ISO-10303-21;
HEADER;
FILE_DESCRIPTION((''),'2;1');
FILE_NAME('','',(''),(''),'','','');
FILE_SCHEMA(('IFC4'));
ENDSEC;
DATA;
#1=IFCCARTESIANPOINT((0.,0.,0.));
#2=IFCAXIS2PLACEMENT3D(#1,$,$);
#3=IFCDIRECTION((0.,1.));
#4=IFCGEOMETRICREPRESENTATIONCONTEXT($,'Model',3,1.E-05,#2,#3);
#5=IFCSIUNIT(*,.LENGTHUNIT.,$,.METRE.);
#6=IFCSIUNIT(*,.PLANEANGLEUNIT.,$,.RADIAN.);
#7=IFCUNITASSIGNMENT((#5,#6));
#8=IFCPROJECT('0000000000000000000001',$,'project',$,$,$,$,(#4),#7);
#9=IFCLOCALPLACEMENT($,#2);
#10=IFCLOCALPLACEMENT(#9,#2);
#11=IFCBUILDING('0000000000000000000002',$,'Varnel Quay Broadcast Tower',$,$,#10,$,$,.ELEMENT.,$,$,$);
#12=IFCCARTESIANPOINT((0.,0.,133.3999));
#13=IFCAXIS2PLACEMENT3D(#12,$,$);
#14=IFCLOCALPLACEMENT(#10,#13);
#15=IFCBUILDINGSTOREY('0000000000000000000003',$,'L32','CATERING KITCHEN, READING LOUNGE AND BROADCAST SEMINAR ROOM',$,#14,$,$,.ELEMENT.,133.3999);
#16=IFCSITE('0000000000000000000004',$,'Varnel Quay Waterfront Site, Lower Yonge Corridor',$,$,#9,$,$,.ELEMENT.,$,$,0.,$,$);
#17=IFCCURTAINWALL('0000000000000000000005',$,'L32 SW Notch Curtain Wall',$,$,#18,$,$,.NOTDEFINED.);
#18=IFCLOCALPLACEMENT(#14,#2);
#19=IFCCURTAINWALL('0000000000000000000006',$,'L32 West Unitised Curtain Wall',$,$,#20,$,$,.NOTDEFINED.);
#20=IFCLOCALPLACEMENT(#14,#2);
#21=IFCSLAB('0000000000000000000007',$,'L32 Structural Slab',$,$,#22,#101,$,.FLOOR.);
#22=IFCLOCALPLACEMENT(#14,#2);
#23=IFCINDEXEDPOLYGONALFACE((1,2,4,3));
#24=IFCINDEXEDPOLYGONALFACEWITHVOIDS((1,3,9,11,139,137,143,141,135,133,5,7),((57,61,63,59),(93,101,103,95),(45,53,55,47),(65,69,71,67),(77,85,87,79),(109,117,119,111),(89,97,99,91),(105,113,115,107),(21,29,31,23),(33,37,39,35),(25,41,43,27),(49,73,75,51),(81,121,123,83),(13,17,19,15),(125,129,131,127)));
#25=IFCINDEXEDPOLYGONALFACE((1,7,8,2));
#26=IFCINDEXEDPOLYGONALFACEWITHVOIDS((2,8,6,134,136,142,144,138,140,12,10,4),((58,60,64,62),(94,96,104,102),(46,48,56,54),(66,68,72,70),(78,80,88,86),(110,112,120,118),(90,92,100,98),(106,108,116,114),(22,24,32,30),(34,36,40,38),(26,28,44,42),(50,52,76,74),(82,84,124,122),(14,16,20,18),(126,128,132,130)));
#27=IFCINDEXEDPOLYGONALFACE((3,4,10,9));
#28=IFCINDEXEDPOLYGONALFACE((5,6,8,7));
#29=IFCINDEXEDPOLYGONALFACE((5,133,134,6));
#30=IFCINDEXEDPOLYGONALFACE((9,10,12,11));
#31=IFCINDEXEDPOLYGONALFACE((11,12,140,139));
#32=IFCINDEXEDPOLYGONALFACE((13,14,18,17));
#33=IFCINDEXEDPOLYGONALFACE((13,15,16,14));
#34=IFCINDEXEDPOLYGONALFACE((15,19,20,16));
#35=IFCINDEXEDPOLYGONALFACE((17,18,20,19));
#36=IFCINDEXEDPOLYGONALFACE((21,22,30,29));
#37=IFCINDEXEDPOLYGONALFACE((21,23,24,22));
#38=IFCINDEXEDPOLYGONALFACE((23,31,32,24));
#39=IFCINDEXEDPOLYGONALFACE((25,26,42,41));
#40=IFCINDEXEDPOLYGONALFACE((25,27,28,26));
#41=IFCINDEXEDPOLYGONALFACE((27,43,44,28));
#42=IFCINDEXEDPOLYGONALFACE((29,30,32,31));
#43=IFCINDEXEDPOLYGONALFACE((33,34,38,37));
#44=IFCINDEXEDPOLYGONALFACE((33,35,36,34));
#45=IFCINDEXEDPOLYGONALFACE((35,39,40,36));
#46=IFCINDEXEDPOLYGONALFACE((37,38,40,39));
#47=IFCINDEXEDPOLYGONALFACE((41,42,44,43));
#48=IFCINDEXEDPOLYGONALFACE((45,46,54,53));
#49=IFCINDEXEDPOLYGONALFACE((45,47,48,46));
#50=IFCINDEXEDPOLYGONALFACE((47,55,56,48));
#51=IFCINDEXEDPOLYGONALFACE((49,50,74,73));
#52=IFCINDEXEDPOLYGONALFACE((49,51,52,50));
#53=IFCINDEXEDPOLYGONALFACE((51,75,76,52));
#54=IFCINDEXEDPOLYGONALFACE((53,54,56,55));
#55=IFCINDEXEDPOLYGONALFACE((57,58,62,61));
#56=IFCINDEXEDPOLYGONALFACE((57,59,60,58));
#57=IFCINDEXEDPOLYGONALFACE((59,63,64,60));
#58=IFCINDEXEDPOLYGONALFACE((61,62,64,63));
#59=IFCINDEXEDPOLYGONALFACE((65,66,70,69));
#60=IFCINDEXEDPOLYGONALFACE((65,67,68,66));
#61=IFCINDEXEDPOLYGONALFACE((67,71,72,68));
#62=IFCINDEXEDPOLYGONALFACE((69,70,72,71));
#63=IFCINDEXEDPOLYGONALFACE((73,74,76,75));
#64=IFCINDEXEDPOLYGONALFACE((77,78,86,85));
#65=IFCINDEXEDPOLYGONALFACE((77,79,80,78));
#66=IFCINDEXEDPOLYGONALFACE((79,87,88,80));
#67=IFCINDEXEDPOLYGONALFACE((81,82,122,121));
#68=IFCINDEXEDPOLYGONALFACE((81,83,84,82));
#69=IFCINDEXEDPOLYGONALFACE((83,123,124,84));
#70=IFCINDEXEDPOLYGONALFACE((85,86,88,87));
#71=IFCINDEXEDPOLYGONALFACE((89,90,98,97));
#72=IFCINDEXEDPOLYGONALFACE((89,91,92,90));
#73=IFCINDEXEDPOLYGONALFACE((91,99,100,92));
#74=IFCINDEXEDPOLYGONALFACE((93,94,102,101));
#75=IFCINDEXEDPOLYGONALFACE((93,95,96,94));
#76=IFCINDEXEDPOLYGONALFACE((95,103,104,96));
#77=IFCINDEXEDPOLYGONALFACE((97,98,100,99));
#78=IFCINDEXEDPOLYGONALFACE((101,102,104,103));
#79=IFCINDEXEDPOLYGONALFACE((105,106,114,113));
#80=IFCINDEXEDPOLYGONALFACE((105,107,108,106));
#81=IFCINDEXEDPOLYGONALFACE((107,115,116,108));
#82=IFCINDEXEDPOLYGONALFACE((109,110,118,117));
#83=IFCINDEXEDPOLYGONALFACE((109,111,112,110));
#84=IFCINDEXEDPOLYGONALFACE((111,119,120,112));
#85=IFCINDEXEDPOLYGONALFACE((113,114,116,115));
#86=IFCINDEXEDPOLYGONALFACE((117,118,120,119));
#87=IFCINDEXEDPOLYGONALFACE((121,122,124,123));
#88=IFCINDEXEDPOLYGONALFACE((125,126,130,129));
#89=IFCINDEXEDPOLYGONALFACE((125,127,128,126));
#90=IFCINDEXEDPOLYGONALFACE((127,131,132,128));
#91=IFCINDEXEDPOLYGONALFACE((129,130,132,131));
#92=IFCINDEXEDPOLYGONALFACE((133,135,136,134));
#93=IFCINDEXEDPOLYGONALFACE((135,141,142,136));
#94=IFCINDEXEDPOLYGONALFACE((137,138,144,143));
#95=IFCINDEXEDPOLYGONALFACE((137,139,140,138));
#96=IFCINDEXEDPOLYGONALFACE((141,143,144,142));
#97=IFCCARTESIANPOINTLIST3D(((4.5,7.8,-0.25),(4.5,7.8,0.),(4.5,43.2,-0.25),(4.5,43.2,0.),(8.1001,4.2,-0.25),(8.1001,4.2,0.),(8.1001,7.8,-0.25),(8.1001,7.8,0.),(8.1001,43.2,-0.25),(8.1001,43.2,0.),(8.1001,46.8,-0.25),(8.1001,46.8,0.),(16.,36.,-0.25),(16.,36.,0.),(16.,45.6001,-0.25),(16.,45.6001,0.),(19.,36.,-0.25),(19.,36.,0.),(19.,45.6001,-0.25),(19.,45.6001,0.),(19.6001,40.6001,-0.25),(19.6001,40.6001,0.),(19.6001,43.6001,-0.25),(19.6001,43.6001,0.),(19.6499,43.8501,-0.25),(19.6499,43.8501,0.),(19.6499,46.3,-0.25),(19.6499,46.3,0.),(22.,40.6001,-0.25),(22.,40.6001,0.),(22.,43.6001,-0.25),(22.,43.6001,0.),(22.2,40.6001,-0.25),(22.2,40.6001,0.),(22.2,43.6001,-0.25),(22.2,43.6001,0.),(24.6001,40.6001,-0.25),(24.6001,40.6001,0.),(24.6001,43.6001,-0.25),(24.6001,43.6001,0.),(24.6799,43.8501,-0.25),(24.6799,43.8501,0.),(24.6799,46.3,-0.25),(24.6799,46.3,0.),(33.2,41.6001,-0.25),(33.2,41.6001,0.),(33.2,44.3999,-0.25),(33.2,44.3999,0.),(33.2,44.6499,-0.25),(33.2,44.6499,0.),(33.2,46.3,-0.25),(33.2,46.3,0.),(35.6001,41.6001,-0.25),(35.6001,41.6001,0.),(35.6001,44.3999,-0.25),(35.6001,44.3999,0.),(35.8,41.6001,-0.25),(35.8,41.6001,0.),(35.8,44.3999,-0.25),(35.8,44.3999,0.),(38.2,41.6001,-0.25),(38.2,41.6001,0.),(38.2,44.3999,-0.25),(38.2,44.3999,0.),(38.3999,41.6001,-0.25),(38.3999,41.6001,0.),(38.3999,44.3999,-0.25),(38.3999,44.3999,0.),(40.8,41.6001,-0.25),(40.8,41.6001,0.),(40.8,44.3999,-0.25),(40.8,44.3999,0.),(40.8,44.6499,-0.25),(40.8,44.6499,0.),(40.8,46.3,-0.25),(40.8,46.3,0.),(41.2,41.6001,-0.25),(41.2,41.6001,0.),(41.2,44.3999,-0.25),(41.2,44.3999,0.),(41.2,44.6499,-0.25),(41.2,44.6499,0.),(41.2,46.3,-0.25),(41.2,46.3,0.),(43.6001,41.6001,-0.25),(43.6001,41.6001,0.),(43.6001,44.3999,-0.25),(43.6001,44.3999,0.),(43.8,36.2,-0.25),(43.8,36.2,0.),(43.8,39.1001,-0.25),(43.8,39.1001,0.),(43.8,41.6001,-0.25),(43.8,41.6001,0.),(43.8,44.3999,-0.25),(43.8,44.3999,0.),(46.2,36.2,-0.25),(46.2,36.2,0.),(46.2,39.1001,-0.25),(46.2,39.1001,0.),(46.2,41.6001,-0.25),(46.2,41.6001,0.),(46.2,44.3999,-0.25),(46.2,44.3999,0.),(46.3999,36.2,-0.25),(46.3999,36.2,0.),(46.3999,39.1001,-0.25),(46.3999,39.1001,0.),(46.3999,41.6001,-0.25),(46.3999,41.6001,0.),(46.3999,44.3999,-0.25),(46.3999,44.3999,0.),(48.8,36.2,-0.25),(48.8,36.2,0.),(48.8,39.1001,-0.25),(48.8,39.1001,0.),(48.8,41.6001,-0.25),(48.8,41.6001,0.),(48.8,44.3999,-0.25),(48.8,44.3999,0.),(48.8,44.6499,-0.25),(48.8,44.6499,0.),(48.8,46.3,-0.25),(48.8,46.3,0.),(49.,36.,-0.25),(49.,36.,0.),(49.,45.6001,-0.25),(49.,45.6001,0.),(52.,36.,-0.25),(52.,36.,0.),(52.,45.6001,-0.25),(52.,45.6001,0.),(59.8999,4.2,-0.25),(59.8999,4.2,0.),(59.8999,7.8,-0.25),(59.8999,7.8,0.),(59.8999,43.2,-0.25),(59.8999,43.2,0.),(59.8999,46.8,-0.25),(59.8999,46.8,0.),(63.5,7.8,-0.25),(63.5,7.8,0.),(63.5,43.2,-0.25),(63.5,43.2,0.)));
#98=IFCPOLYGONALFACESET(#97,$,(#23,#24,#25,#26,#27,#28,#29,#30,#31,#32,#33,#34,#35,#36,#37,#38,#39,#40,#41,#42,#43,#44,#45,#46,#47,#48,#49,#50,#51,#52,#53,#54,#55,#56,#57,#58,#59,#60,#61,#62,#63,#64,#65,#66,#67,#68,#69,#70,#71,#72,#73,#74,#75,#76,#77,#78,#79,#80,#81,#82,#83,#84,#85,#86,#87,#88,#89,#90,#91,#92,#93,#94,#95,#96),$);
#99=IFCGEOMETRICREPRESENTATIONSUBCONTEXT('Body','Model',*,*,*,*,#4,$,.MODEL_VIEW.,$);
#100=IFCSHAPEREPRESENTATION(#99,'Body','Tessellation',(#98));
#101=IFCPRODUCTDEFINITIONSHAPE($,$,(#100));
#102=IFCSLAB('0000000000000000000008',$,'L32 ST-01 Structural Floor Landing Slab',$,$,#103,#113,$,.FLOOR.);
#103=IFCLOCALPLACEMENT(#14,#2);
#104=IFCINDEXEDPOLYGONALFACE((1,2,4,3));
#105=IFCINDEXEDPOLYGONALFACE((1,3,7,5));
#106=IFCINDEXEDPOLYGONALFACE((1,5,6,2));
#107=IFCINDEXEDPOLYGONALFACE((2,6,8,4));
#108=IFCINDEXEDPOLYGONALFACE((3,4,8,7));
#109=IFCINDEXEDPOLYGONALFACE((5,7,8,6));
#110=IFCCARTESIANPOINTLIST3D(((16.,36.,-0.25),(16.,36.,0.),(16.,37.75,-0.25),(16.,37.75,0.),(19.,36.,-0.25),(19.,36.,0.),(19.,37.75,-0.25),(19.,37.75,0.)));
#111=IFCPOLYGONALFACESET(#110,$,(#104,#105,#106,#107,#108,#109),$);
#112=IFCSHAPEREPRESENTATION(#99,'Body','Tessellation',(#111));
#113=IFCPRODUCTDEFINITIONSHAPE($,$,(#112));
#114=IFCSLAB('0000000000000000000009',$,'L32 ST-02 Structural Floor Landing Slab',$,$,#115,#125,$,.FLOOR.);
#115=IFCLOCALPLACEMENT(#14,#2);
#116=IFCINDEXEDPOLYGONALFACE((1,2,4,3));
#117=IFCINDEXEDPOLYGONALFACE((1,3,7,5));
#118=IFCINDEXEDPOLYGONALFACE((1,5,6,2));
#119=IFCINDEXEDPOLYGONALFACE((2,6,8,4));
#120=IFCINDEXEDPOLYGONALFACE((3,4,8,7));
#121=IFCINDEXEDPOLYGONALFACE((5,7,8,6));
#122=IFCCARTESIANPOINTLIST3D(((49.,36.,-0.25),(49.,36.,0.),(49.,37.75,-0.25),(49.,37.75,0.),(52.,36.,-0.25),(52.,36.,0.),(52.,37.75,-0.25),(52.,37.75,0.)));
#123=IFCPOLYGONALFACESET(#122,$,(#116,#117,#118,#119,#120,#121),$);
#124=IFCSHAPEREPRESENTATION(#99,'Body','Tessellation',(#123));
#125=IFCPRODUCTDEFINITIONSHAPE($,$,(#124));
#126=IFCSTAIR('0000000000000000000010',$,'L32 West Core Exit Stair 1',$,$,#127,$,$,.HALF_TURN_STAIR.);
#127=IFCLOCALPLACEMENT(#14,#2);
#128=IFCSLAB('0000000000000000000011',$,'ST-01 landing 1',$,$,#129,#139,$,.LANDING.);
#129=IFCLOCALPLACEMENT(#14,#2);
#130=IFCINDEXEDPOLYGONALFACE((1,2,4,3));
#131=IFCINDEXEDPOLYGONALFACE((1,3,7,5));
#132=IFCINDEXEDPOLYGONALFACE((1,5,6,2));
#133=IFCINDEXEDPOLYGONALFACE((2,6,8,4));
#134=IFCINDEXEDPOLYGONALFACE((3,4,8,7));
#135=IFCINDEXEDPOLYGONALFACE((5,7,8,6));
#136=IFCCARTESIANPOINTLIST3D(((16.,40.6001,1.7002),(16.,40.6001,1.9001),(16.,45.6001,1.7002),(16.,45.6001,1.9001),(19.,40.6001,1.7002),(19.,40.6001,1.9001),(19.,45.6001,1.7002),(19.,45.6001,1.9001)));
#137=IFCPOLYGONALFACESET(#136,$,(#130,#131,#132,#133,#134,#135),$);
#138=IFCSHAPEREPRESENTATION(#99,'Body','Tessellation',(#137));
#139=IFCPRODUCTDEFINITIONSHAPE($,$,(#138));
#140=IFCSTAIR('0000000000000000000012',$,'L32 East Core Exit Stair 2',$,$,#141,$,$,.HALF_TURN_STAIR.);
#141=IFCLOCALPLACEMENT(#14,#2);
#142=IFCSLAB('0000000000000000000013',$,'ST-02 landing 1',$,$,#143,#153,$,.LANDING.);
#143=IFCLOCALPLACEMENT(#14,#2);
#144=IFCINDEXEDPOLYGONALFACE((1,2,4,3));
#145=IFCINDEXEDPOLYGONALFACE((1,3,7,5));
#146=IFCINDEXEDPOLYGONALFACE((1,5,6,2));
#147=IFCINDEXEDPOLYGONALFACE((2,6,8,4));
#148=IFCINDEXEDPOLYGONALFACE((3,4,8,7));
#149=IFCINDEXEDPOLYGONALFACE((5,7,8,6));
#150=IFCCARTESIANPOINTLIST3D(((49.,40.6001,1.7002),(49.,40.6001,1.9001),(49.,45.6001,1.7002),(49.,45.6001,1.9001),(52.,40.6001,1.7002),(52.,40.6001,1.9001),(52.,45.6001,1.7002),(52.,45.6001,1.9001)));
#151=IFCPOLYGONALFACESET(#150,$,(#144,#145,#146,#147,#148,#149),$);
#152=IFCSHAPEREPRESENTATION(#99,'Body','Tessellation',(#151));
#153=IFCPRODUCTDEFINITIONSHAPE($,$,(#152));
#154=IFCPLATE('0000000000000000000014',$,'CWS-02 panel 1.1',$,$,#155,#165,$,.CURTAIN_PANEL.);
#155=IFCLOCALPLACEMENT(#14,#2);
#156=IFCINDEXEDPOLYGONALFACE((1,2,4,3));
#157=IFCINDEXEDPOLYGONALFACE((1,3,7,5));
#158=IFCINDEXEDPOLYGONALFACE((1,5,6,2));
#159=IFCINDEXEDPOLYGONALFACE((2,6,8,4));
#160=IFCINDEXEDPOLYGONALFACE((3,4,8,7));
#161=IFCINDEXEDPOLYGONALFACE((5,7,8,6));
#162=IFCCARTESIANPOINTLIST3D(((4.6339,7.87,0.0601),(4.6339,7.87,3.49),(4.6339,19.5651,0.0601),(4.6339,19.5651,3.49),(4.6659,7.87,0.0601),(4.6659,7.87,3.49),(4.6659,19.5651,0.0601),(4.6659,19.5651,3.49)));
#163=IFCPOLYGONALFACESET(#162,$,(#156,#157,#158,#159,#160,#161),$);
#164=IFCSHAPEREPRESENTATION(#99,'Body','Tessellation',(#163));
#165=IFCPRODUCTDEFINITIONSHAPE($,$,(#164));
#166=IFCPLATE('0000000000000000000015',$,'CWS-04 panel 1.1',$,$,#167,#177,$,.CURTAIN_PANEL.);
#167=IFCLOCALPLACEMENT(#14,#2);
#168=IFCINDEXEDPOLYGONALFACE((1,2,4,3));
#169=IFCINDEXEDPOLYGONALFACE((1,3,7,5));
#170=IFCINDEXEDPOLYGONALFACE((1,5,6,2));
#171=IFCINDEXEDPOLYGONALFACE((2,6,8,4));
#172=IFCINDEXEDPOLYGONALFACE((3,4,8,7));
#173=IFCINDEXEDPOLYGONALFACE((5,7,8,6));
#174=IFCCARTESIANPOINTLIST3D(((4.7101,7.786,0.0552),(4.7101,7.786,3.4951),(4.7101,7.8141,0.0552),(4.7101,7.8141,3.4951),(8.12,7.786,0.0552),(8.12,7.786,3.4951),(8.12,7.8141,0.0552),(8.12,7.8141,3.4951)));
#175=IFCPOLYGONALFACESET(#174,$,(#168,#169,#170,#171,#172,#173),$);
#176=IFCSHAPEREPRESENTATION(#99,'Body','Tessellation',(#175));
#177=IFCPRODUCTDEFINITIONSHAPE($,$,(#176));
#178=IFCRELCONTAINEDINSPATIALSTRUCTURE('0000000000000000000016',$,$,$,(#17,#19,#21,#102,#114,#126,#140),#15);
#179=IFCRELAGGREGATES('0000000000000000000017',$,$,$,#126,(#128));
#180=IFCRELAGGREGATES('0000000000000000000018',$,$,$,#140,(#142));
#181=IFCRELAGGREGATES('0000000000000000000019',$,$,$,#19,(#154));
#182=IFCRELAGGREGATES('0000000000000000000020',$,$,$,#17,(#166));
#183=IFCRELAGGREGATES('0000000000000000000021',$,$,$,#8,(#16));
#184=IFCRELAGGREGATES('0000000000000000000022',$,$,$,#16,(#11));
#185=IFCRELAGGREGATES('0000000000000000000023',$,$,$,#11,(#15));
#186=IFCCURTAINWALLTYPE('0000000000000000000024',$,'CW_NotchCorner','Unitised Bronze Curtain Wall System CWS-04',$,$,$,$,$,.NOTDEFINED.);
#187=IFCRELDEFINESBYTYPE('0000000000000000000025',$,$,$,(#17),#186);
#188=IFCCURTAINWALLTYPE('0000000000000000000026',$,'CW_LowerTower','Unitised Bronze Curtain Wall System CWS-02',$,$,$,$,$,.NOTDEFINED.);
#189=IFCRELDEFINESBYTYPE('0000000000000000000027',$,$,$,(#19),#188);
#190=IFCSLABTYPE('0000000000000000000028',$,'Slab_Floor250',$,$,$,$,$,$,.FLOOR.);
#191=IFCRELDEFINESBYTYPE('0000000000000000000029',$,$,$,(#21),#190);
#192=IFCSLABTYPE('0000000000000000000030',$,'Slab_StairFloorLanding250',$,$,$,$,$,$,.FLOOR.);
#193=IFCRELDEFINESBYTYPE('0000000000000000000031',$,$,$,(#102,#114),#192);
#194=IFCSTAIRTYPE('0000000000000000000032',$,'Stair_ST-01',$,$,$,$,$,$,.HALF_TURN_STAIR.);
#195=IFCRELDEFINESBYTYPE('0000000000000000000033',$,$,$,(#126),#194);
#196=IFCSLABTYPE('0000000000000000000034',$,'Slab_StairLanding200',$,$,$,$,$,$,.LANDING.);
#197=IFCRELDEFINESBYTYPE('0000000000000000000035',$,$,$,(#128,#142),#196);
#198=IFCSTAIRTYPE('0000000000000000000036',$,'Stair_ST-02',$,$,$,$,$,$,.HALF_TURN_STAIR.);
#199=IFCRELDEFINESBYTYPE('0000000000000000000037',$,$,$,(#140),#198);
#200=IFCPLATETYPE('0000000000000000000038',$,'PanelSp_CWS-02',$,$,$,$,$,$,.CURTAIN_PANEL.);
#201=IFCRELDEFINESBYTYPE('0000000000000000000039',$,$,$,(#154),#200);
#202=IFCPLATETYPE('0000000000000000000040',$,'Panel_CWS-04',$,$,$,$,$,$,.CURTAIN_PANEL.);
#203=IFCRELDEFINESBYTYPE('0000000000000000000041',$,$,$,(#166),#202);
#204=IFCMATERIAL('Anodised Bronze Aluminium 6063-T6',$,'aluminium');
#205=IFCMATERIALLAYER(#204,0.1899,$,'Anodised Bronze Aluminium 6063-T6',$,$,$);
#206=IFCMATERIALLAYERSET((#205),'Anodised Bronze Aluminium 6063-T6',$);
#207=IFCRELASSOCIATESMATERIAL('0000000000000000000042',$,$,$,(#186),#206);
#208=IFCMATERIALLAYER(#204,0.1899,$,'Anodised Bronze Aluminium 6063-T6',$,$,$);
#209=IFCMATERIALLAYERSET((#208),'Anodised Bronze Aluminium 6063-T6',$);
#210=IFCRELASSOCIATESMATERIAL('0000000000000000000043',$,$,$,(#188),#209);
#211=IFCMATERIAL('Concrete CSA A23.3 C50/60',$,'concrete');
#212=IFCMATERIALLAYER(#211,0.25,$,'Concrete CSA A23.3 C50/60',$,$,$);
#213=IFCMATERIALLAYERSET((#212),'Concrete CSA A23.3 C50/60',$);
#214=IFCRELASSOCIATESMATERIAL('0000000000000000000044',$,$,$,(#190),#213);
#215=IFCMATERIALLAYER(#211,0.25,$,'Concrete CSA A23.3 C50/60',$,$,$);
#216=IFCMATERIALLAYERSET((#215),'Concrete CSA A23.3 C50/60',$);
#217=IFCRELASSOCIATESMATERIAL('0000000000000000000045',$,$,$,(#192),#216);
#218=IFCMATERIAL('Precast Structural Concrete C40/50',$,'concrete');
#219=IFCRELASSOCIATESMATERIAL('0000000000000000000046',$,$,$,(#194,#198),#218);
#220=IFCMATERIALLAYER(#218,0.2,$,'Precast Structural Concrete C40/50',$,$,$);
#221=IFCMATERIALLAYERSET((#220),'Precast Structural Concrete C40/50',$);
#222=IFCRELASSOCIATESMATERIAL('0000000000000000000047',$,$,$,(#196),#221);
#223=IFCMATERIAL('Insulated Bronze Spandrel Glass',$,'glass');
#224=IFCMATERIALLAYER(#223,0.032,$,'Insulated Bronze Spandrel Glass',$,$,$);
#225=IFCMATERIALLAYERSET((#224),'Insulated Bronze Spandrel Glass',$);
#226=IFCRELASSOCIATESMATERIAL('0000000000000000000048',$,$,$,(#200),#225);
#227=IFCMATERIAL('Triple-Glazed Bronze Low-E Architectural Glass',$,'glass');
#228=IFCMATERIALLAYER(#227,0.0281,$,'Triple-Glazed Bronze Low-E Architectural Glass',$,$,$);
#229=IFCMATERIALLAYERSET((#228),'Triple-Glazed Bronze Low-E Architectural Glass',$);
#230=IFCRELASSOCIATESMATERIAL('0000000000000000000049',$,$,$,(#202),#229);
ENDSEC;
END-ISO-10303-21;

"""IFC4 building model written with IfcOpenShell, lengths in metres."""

from ifc_helpers import new_model, si_unit, direction, frame, origin, origin_2d, place, context, subcontext, project, spatial, polyline, rectangle, outline, extrude, source, transform, mapped, material, layer, layer_set, type_object, type_shapes, element, aggregate, save


model = new_model("IFC4")

# Units and contexts
model_context = context("Model", 3, precision=1e-05, world=origin(), true_north=direction((0.0, 1.0)))
body_context = subcontext(model_context, "Body", "Model", "MODEL_VIEW")
ifc_project = project(units=[si_unit("LENGTHUNIT", "METRE"), si_unit("PLANEANGLEUNIT", "RADIAN")], contexts=[model_context])

# Site, building, storey
site_placement = place(None, origin())
site = spatial("IfcSite", under=ifc_project, at=site_placement, Name="Varnel Quay Waterfront Site, Lower Yonge Corridor", CompositionType="ELEMENT", RefElevation=0.0)
building_placement = place(site_placement, origin())
building = spatial("IfcBuilding", under=site, at=building_placement, Name="Varnel Quay Broadcast Tower", CompositionType="ELEMENT")
storey_placement = place(building_placement, frame((0.0, 0.0, 133.3999)))
storey = spatial("IfcBuildingStorey", under=building, at=storey_placement, Name="L32", Description="CATERING KITCHEN, READING LOUNGE AND BROADCAST SEMINAR ROOM", CompositionType="ELEMENT", Elevation=133.3999)

# Curtain walls
ifc_material_1 = material(Name="Anodised Bronze Aluminium 6063-T6", Category="aluminium")
ifc_layer_1 = layer(ifc_material_1, 0.1899, Name="Anodised Bronze Aluminium 6063-T6")
ifc_layer_set_1 = layer_set([ifc_layer_1], Name="Anodised Bronze Aluminium 6063-T6")
curtain_wall_type_1 = type_object("IfcCurtainWallType", Name="CW_NotchCorner", Description="Unitised Bronze Curtain Wall System CWS-04", PredefinedType="NOTDEFINED", material=ifc_layer_set_1)
curtain_wall_1_placement = place(storey_placement, origin())
curtain_wall_1 = element("IfcCurtainWall", 1, at=curtain_wall_1_placement, inside=storey, type_object=curtain_wall_type_1, Name="L32 SW Notch Curtain Wall", PredefinedType="NOTDEFINED")
ifc_layer_2 = layer(ifc_material_1, 0.1899, Name="Anodised Bronze Aluminium 6063-T6")
ifc_layer_set_2 = layer_set([ifc_layer_2], Name="Anodised Bronze Aluminium 6063-T6")
curtain_wall_type_2 = type_object("IfcCurtainWallType", Name="CW_LowerTower", Description="Unitised Bronze Curtain Wall System CWS-02", PredefinedType="NOTDEFINED", material=ifc_layer_set_2)
curtain_wall_2_placement = place(storey_placement, origin())
curtain_wall_2 = element("IfcCurtainWall", 2, at=curtain_wall_2_placement, inside=storey, type_object=curtain_wall_type_2, Name="L32 West Unitised Curtain Wall", PredefinedType="NOTDEFINED")

# Slabs
ifc_material_2 = material(Name="Concrete CSA A23.3 C50/60", Category="concrete")
ifc_layer_3 = layer(ifc_material_2, 0.25, Name="Concrete CSA A23.3 C50/60")
ifc_layer_set_3 = layer_set([ifc_layer_3], Name="Concrete CSA A23.3 C50/60")
slab_type_1 = type_object("IfcSlabType", Name="Slab_Floor250", PredefinedType="FLOOR", material=ifc_layer_set_3)
slab_1_placement = place(storey_placement, frame((0.0, 0.0, -0.25)))
element("IfcSlab", 3, at=slab_1_placement, inside=storey, type_object=slab_type_1, Name="L32 Structural Slab", PredefinedType="FLOOR", context=body_context, shape_type="SweptSolid", body=[
    extrude(outline(polyline([(8.1001, 4.2), (59.8999, 4.2), (59.8999, 7.8), (63.5, 7.8), (63.5, 43.2), (59.8999, 43.2), (59.8999, 46.8), (8.1001, 46.8), (8.1001, 43.2), (4.5, 43.2), (4.5, 7.8), (8.1001, 7.8), (8.1001, 4.2)]), holes=[polyline([(19.0, 36.0), (16.0, 36.0), (16.0, 45.6001), (19.0, 45.6001), (19.0, 36.0)]), polyline([(19.6001, 43.6001), (22.0, 43.6001), (22.0, 40.6001), (19.6001, 40.6001), (19.6001, 43.6001)]), polyline([(22.2, 43.6001), (24.6001, 43.6001), (24.6001, 40.6001), (22.2, 40.6001), (22.2, 43.6001)]), polyline([(33.2, 44.3999), (35.6001, 44.3999), (35.6001, 41.6001), (33.2, 41.6001), (33.2, 44.3999)]), polyline([(35.8, 44.3999), (38.2, 44.3999), (38.2, 41.6001), (35.8, 41.6001), (35.8, 44.3999)]), polyline([(38.3999, 44.3999), (40.8, 44.3999), (40.8, 41.6001), (38.3999, 41.6001), (38.3999, 44.3999)]), polyline([(19.6499, 46.3), (24.6799, 46.3), (24.6799, 43.8501), (19.6499, 43.8501), (19.6499, 46.3)]), polyline([(33.2, 46.3), (40.8, 46.3), (40.8, 44.6499), (33.2, 44.6499), (33.2, 46.3)]), polyline([(43.8, 39.1001), (46.2, 39.1001), (46.2, 36.2), (43.8, 36.2), (43.8, 39.1001)]), polyline([(46.3999, 39.1001), (48.8, 39.1001), (48.8, 36.2), (46.3999, 36.2), (46.3999, 39.1001)]), polyline([(49.0, 36.0), (49.0, 45.6001), (52.0, 45.6001), (52.0, 36.0), (49.0, 36.0)]), polyline([(41.2, 44.3999), (43.6001, 44.3999), (43.6001, 41.6001), (41.2, 41.6001), (41.2, 44.3999)]), polyline([(43.8, 44.3999), (46.2, 44.3999), (46.2, 41.6001), (43.8, 41.6001), (43.8, 44.3999)]), polyline([(46.3999, 44.3999), (48.8, 44.3999), (48.8, 41.6001), (46.3999, 41.6001), (46.3999, 44.3999)]), polyline([(41.2, 46.3), (48.8, 46.3), (48.8, 44.6499), (41.2, 44.6499), (41.2, 46.3)])]), origin(), (0.0, 0.0, 1.0), 0.25),
])
ifc_layer_4 = layer(ifc_material_2, 0.25, Name="Concrete CSA A23.3 C50/60")
ifc_layer_set_4 = layer_set([ifc_layer_4], Name="Concrete CSA A23.3 C50/60")
slab_type_2 = type_object("IfcSlabType", Name="Slab_StairFloorLanding250", PredefinedType="FLOOR", material=ifc_layer_set_4)
slab_2_placement = place(storey_placement, frame((0.0, 0.0, -0.25)))
element("IfcSlab", 4, at=slab_2_placement, inside=storey, type_object=slab_type_2, Name="L32 ST-01 Structural Floor Landing Slab", PredefinedType="FLOOR", context=body_context, shape_type="SweptSolid", body=[
    extrude(outline(polyline([(19.0, 36.0), (19.0, 37.75), (16.0, 37.75), (16.0, 36.0), (19.0, 36.0)])), origin(), (0.0, 0.0, 1.0), 0.25),
])
slab_3_placement = place(storey_placement, frame((0.0, 0.0, -0.25)))
element("IfcSlab", 5, at=slab_3_placement, inside=storey, type_object=slab_type_2, Name="L32 ST-02 Structural Floor Landing Slab", PredefinedType="FLOOR", context=body_context, shape_type="SweptSolid", body=[
    extrude(outline(polyline([(52.0, 36.0), (52.0, 37.75), (49.0, 37.75), (49.0, 36.0), (52.0, 36.0)])), origin(), (0.0, 0.0, 1.0), 0.25),
])

# Stairs, slabs
ifc_material_3 = material(Name="Precast Structural Concrete C40/50", Category="concrete")
stair_type_1 = type_object("IfcStairType", Name="Stair_ST-01", PredefinedType="HALF_TURN_STAIR", material=ifc_material_3)
stair_1_placement = place(storey_placement, origin())
stair_1 = element("IfcStair", 6, at=stair_1_placement, inside=storey, type_object=stair_type_1, Name="L32 West Core Exit Stair 1", PredefinedType="HALF_TURN_STAIR")
ifc_layer_5 = layer(ifc_material_3, 0.2, Name="Precast Structural Concrete C40/50")
ifc_layer_set_5 = layer_set([ifc_layer_5], Name="Precast Structural Concrete C40/50")
slab_type_3 = type_object("IfcSlabType", Name="Slab_StairLanding200", PredefinedType="LANDING", material=ifc_layer_set_5)
slab_4_placement = place(storey_placement, frame((0.0, 0.0, 1.7002)))
slab_4 = element("IfcSlab", 7, at=slab_4_placement, type_object=slab_type_3, Name="ST-01 landing 1", PredefinedType="LANDING", context=body_context, shape_type="SweptSolid", body=[
    extrude(outline(polyline([(19.0, 40.6001), (19.0, 45.6001), (16.0, 45.6001), (16.0, 40.6001), (19.0, 40.6001)])), origin(), (0.0, 0.0, 1.0), 0.2),
])
aggregate(stair_1, [slab_4])
stair_type_2 = type_object("IfcStairType", Name="Stair_ST-02", PredefinedType="HALF_TURN_STAIR", material=ifc_material_3)
stair_2_placement = place(storey_placement, origin())
stair_2 = element("IfcStair", 8, at=stair_2_placement, inside=storey, type_object=stair_type_2, Name="L32 East Core Exit Stair 2", PredefinedType="HALF_TURN_STAIR")
slab_5_placement = place(storey_placement, frame((0.0, 0.0, 1.7002)))
slab_5 = element("IfcSlab", 9, at=slab_5_placement, type_object=slab_type_3, Name="ST-02 landing 1", PredefinedType="LANDING", context=body_context, shape_type="SweptSolid", body=[
    extrude(outline(polyline([(52.0, 40.6001), (52.0, 45.6001), (49.0, 45.6001), (49.0, 40.6001), (52.0, 40.6001)])), origin(), (0.0, 0.0, 1.0), 0.2),
])
aggregate(stair_2, [slab_5])

# Plates
ifc_material_4 = material(Name="Insulated Bronze Spandrel Glass", Category="glass")
ifc_layer_6 = layer(ifc_material_4, 0.032, Name="Insulated Bronze Spandrel Glass")
ifc_layer_set_6 = layer_set([ifc_layer_6], Name="Insulated Bronze Spandrel Glass")
plate_type_1 = type_object("IfcPlateType", Name="PanelSp_CWS-02", PredefinedType="CURTAIN_PANEL", material=ifc_layer_set_6)
shared_shape_1 = source(origin(), body_context, "Body", "SweptSolid", [
    extrude(rectangle(XDim=11.6951, YDim=0.032, at=origin_2d()), origin(), (0.0, 0.0, 1.0), 3.4299),
])
type_shapes(plate_type_1, [shared_shape_1])
plate_1_placement = place(storey_placement, frame((4.6499, 13.7175, 0.0601), z_axis=(0.0, 0.0, 1.0), x_axis=(0.0, 1.0, 0.0)))
plate_1 = element("IfcPlate", 10, at=plate_1_placement, type_object=plate_type_1, Name="CWS-02 panel 1.1", PredefinedType="CURTAIN_PANEL", context=body_context, shape_type="MappedRepresentation", body=[
    mapped(shared_shape_1, transform((0.0, 0.0, 0.0), x_axis=(1.0, 0.0, 0.0), y_axis=(0.0, 1.0, 0.0), z_axis=(0.0, 0.0, 1.0), scale=1.0)),
])
aggregate(curtain_wall_2, [plate_1])
ifc_material_5 = material(Name="Triple-Glazed Bronze Low-E Architectural Glass", Category="glass")
ifc_layer_7 = layer(ifc_material_5, 0.0281, Name="Triple-Glazed Bronze Low-E Architectural Glass")
ifc_layer_set_7 = layer_set([ifc_layer_7], Name="Triple-Glazed Bronze Low-E Architectural Glass")
plate_type_2 = type_object("IfcPlateType", Name="Panel_CWS-04", PredefinedType="CURTAIN_PANEL", material=ifc_layer_set_7)
shared_shape_2 = source(origin(), body_context, "Body", "SweptSolid", [
    extrude(rectangle(XDim=3.4099, YDim=0.0281, at=origin_2d()), origin(), (0.0, 0.0, 1.0), 3.4399),
])
type_shapes(plate_type_2, [shared_shape_2])
plate_2_placement = place(storey_placement, frame((6.415, 7.8, 0.0552), z_axis=(0.0, 0.0, 1.0), x_axis=(1.0, 0.0, 0.0)))
plate_2 = element("IfcPlate", 11, at=plate_2_placement, type_object=plate_type_2, Name="CWS-04 panel 1.1", PredefinedType="CURTAIN_PANEL", context=body_context, shape_type="MappedRepresentation", body=[
    mapped(shared_shape_2, transform((0.0, 0.0, 0.0), x_axis=(1.0, 0.0, 0.0), y_axis=(0.0, 1.0, 0.0), z_axis=(0.0, 0.0, 1.0), scale=1.0)),
])
aggregate(curtain_wall_1, [plate_2])

save(model, "model.ifc")
